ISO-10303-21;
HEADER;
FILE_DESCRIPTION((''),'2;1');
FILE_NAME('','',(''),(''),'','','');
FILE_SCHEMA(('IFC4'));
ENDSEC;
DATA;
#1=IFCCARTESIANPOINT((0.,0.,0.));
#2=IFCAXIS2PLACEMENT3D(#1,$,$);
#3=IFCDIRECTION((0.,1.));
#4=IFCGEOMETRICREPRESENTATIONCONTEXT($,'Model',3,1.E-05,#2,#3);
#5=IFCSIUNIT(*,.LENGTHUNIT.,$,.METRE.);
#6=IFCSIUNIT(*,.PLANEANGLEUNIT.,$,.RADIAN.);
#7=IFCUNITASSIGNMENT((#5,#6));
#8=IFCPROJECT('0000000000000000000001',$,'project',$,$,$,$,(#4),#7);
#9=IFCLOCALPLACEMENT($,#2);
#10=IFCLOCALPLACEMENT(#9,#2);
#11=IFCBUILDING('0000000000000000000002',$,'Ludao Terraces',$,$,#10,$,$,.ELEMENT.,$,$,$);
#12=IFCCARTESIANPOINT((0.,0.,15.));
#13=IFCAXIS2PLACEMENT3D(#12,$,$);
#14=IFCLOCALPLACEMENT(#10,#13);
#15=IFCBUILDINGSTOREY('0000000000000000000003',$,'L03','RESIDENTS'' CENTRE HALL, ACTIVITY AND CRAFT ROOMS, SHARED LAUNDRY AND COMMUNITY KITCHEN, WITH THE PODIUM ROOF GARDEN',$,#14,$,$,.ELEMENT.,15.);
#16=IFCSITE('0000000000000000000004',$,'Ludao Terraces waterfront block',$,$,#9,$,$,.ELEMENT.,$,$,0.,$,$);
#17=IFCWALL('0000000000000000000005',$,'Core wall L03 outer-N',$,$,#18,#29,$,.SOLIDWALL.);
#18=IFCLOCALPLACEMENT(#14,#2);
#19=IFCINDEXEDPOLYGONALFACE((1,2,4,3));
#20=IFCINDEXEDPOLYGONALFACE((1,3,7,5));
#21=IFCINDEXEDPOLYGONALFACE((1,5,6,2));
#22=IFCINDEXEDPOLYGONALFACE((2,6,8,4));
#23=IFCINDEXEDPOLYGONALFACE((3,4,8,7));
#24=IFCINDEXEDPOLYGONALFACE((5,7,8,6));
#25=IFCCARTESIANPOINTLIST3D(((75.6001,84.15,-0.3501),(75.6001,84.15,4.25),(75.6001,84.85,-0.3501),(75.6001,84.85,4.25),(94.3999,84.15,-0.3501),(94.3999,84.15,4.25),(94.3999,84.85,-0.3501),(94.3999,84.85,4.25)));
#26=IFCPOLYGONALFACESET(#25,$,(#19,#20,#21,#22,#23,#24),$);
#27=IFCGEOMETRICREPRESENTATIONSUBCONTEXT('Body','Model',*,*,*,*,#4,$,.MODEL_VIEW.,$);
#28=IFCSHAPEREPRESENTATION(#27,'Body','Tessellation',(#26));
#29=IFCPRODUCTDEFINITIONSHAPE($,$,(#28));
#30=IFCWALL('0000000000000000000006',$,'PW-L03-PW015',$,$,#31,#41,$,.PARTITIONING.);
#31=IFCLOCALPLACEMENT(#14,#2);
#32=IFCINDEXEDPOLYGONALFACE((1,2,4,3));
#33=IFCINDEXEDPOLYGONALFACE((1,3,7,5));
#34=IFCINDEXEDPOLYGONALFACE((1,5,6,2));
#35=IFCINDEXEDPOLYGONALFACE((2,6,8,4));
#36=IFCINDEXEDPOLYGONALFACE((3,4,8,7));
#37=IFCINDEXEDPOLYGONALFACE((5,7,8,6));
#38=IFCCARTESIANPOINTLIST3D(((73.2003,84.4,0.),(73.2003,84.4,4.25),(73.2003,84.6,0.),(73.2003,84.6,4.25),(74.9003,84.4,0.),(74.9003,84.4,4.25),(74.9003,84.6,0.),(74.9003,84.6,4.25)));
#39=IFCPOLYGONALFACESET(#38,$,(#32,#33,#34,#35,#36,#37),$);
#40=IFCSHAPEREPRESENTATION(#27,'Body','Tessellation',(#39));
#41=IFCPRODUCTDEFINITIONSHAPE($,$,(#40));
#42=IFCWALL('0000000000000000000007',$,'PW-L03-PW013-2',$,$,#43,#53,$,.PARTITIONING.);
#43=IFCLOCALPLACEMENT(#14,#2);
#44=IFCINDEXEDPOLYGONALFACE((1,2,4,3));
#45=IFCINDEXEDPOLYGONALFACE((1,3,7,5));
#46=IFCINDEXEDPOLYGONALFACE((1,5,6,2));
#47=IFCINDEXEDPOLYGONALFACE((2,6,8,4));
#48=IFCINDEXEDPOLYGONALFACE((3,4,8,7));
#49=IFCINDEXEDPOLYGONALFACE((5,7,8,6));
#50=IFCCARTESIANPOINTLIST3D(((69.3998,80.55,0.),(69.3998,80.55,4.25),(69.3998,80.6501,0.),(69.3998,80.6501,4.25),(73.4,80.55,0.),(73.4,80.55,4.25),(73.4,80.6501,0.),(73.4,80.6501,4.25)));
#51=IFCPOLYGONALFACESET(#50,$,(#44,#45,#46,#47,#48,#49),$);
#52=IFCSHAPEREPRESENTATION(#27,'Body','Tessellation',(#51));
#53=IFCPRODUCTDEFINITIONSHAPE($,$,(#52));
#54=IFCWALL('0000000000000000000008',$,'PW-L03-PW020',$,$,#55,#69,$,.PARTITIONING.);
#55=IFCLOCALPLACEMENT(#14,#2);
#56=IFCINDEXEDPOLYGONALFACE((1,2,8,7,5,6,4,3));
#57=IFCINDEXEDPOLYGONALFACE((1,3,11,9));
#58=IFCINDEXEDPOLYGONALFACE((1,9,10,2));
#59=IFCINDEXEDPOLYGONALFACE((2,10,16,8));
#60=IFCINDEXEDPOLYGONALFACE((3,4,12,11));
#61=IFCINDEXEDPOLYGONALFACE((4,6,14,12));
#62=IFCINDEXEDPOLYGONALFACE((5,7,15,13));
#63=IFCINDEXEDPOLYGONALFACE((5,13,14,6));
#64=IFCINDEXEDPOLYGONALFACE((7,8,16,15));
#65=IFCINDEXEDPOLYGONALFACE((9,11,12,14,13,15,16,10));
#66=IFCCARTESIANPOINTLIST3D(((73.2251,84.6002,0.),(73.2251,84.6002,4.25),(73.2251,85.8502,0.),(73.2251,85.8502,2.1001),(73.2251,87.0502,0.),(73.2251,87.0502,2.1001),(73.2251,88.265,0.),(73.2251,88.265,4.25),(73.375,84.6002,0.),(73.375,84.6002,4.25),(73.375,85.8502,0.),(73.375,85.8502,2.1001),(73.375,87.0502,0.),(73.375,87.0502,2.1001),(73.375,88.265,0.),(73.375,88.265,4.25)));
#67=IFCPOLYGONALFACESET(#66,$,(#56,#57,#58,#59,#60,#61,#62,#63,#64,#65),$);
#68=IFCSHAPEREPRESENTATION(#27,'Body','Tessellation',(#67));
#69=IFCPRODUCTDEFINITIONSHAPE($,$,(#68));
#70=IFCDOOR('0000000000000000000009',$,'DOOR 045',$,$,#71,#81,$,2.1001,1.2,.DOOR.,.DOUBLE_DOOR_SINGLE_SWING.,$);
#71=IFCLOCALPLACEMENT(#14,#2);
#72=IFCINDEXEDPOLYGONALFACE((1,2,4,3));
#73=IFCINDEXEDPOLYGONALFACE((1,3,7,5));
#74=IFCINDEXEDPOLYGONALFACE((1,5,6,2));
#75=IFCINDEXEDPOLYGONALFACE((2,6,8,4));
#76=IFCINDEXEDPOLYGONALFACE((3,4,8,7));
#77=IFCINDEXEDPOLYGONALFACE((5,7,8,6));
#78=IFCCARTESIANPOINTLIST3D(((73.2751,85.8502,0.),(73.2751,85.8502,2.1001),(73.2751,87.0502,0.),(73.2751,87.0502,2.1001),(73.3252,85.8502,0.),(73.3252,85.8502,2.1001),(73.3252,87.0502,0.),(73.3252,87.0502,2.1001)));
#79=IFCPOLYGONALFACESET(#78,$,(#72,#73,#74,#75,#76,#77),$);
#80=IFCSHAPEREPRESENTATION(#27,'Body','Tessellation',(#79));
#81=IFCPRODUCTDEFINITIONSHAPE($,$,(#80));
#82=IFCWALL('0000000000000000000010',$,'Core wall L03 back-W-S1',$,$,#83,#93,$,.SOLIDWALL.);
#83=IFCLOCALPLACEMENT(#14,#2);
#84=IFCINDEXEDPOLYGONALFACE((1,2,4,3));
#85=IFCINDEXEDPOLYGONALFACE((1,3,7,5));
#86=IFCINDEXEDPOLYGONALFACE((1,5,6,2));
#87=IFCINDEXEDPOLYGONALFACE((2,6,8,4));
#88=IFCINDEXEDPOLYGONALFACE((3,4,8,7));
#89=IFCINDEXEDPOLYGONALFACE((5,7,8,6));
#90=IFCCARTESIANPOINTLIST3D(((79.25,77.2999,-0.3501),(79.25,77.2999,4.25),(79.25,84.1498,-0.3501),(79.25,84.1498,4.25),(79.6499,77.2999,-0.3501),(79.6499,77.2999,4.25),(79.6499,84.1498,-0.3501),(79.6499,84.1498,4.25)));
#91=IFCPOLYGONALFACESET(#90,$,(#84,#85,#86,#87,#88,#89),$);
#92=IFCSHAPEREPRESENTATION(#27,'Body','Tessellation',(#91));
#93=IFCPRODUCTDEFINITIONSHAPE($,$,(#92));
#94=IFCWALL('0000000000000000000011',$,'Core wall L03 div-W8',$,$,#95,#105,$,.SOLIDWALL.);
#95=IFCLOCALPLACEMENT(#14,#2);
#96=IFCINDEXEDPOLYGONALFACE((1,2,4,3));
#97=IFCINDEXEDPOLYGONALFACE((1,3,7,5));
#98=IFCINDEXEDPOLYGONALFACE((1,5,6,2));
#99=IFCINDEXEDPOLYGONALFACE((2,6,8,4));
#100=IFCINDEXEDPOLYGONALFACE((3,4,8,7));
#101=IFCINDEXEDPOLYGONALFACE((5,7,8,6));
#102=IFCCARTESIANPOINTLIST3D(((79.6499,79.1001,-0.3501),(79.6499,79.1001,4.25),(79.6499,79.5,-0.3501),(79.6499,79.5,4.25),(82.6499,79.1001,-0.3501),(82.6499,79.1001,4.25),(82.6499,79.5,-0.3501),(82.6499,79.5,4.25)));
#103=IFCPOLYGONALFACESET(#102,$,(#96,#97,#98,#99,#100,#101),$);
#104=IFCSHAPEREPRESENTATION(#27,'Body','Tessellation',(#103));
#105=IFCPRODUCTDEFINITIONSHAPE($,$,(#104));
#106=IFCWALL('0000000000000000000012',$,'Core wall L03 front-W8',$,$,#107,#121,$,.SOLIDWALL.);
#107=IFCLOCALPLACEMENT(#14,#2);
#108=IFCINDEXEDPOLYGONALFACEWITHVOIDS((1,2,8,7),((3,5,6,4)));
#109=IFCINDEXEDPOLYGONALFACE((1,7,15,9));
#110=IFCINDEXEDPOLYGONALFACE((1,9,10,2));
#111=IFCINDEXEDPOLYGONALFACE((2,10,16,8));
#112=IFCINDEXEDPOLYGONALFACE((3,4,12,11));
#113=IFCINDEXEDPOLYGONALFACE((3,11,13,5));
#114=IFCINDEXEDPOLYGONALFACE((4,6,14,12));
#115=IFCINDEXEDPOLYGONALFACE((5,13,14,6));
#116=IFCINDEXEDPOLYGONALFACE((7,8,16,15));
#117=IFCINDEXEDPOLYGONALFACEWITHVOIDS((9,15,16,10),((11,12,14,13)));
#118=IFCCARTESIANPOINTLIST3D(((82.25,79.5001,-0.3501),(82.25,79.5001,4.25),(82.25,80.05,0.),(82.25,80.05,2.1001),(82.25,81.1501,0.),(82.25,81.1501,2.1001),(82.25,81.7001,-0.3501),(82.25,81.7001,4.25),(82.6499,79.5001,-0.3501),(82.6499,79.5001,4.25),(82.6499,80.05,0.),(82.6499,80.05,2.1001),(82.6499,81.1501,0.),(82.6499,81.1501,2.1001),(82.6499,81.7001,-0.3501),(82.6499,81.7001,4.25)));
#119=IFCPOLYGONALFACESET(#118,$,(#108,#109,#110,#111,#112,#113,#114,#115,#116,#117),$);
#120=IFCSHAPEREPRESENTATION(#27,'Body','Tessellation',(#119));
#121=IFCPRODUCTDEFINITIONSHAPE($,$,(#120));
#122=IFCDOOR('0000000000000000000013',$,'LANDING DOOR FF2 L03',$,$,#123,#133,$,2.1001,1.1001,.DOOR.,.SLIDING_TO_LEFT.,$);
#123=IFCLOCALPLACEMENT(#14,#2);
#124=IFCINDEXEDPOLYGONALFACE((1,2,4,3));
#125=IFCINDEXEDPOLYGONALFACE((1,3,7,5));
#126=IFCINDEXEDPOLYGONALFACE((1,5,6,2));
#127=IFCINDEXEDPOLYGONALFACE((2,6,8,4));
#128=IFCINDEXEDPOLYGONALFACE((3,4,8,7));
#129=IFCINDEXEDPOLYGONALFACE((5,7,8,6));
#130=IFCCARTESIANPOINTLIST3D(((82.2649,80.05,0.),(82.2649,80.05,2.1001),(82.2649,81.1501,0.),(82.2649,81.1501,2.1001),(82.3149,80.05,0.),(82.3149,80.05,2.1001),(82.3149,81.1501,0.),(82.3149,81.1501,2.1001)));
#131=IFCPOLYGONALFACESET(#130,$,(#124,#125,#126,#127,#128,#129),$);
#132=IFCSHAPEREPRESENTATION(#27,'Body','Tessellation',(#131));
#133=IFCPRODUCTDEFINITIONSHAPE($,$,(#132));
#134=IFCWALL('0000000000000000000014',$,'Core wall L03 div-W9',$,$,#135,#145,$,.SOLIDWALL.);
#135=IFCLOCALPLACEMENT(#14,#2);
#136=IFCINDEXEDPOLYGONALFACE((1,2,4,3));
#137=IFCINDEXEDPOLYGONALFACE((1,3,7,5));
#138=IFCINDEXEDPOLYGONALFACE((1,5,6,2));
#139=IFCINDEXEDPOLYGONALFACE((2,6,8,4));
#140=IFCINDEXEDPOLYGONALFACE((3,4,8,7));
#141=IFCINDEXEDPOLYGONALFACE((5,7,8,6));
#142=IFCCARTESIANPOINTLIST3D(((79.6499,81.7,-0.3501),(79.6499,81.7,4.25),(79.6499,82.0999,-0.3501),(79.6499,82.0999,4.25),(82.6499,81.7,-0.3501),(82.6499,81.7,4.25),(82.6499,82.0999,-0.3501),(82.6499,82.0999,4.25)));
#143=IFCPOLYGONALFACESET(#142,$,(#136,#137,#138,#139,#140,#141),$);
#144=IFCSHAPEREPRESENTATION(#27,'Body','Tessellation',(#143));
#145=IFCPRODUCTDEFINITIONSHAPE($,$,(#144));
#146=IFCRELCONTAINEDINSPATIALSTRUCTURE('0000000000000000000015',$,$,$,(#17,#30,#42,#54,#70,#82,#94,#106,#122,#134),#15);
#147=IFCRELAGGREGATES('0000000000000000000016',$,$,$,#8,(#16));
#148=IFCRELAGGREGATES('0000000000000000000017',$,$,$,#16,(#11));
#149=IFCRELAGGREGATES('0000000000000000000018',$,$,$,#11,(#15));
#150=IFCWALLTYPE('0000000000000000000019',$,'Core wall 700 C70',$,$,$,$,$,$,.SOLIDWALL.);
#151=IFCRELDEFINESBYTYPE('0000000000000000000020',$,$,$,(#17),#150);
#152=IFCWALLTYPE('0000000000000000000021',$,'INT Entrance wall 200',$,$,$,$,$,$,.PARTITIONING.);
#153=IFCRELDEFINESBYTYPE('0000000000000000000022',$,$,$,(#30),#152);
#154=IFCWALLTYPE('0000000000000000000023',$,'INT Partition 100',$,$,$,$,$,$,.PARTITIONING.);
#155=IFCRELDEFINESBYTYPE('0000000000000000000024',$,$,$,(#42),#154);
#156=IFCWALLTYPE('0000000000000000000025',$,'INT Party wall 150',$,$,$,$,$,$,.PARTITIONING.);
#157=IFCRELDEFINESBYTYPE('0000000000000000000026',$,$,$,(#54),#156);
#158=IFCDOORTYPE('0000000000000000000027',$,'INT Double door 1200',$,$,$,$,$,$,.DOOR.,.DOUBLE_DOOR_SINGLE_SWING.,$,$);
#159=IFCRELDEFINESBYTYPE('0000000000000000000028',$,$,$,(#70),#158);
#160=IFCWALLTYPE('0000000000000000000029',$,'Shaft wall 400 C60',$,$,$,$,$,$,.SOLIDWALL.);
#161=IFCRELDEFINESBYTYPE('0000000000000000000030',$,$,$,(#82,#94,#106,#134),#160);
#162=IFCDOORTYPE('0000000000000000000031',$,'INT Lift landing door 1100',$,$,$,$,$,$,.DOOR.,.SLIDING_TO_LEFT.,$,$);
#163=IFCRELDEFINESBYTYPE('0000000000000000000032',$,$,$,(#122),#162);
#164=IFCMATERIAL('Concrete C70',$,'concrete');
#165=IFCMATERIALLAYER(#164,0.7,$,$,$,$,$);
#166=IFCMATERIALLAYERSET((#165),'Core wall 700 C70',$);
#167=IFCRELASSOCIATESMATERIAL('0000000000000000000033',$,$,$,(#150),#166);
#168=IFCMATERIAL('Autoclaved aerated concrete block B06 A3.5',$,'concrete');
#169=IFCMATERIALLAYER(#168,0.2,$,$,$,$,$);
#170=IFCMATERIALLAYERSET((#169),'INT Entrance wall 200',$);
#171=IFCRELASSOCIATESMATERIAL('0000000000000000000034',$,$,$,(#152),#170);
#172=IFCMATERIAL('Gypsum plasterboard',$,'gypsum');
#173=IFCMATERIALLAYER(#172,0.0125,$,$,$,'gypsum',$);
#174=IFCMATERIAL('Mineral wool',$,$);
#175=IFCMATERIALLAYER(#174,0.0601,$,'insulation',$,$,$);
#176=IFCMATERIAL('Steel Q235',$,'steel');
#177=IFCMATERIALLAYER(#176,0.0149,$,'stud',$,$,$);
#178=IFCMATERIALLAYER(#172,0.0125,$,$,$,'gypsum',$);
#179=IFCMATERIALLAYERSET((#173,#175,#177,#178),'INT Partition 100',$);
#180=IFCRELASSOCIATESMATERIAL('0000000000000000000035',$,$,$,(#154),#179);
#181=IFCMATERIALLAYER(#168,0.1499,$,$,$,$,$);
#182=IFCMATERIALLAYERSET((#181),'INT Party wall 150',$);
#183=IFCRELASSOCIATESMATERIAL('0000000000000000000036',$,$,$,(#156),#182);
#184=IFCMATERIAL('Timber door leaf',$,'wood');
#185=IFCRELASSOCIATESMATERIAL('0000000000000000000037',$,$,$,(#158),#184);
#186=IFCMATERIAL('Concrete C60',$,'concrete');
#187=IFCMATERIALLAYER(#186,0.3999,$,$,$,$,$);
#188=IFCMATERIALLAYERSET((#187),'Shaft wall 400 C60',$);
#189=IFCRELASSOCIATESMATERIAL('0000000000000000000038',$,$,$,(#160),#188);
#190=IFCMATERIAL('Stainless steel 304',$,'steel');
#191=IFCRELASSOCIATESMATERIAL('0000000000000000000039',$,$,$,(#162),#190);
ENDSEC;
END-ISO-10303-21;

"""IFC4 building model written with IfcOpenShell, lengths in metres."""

from ifc_helpers import new_model, si_unit, direction, frame, frame_2d, origin, place, context, subcontext, project, spatial, rectangle, extrude, material, layer, layer_set, type_object, element, fill, save


model = new_model("IFC4")

# Units and contexts
model_context = context("Model", 3, precision=1e-05, world=origin(), true_north=direction((0.0, 1.0)))
body_context = subcontext(model_context, "Body", "Model", "MODEL_VIEW")
ifc_project = project(units=[si_unit("LENGTHUNIT", "METRE"), si_unit("PLANEANGLEUNIT", "RADIAN")], contexts=[model_context])

# Site, building, storey
site_placement = place(None, origin())
site = spatial("IfcSite", under=ifc_project, at=site_placement, Name="Ludao Terraces waterfront block", CompositionType="ELEMENT", RefElevation=0.0)
building_placement = place(site_placement, origin())
building = spatial("IfcBuilding", under=site, at=building_placement, Name="Ludao Terraces", CompositionType="ELEMENT")
storey_placement = place(building_placement, frame((0.0, 0.0, 15.0)))
storey = spatial("IfcBuildingStorey", under=building, at=storey_placement, Name="L03", Description="RESIDENTS' CENTRE HALL, ACTIVITY AND CRAFT ROOMS, SHARED LAUNDRY AND COMMUNITY KITCHEN, WITH THE PODIUM ROOF GARDEN", CompositionType="ELEMENT", Elevation=15.0)

# Walls
ifc_material_1 = material(Name="Concrete C70", Category="concrete")
ifc_layer_1 = layer(ifc_material_1, 0.7)
ifc_layer_set_1 = layer_set([ifc_layer_1], Name="Core wall 700 C70")
wall_type_1 = type_object("IfcWallType", Name="Core wall 700 C70", PredefinedType="SOLIDWALL", material=ifc_layer_set_1)
wall_1_placement = place(storey_placement, frame((75.6001, 84.5, -0.3501), z_axis=(0.0, 0.0, 1.0), x_axis=(1.0, 0.0, 0.0)))
element("IfcWall", 1, at=wall_1_placement, inside=storey, type_object=wall_type_1, Name="Core wall L03 outer-N", PredefinedType="SOLIDWALL", context=body_context, shape_type="SweptSolid", body=[
    extrude(rectangle(XDim=18.7998, YDim=0.7, at=frame_2d((9.3999, 0.0))), origin(), (0.0, 0.0, 1.0), 4.6001),
])
ifc_material_2 = material(Name="Autoclaved aerated concrete block B06 A3.5", Category="concrete")
ifc_layer_2 = layer(ifc_material_2, 0.2)
ifc_layer_set_2 = layer_set([ifc_layer_2], Name="INT Entrance wall 200")
wall_type_2 = type_object("IfcWallType", Name="INT Entrance wall 200", PredefinedType="PARTITIONING", material=ifc_layer_set_2)
wall_2_placement = place(storey_placement, frame((73.2002, 84.5, 0.0), z_axis=(0.0, 0.0, 1.0), x_axis=(1.0, 0.0, 0.0)))
element("IfcWall", 2, at=wall_2_placement, inside=storey, type_object=wall_type_2, Name="PW-L03-PW015", PredefinedType="PARTITIONING", context=body_context, shape_type="SweptSolid", body=[
    extrude(rectangle(XDim=1.7, YDim=0.2, at=frame_2d((0.8501, 0.0))), origin(), (0.0, 0.0, 1.0), 4.25),
])
ifc_material_3 = material(Name="Gypsum plasterboard", Category="gypsum")
ifc_layer_3 = layer(ifc_material_3, 0.0125, Category="gypsum")
ifc_material_4 = material(Name="Mineral wool")
ifc_layer_4 = layer(ifc_material_4, 0.0601, Name="insulation")
ifc_material_5 = material(Name="Steel Q235", Category="steel")
ifc_layer_5 = layer(ifc_material_5, 0.0149, Name="stud")
ifc_layer_6 = layer(ifc_material_3, 0.0125, Category="gypsum")
ifc_layer_set_3 = layer_set([ifc_layer_3, ifc_layer_4, ifc_layer_5, ifc_layer_6], Name="INT Partition 100")
wall_type_3 = type_object("IfcWallType", Name="INT Partition 100", PredefinedType="PARTITIONING", material=ifc_layer_set_3)
wall_3_placement = place(storey_placement, frame((69.3999, 80.6001, 0.0), z_axis=(0.0, 0.0, 1.0), x_axis=(1.0, 0.0, 0.0)))
element("IfcWall", 3, at=wall_3_placement, inside=storey, type_object=wall_type_3, Name="PW-L03-PW013-2", PredefinedType="PARTITIONING", context=body_context, shape_type="SweptSolid", body=[
    extrude(rectangle(XDim=4.0002, YDim=0.1001, at=frame_2d((2.0, 0.0))), origin(), (0.0, 0.0, 1.0), 4.25),
])

# Wall, opening, door
ifc_layer_7 = layer(ifc_material_2, 0.1499)
ifc_layer_set_4 = layer_set([ifc_layer_7], Name="INT Party wall 150")
wall_type_4 = type_object("IfcWallType", Name="INT Party wall 150", PredefinedType="PARTITIONING", material=ifc_layer_set_4)
wall_4_placement = place(storey_placement, frame((73.3, 84.6001, 0.0), z_axis=(0.0, 0.0, 1.0), x_axis=(0.0, 1.0, 0.0)))
wall_4 = element("IfcWall", 4, at=wall_4_placement, inside=storey, type_object=wall_type_4, Name="PW-L03-PW020", PredefinedType="PARTITIONING", context=body_context, shape_type="SweptSolid", body=[
    extrude(rectangle(XDim=3.6648, YDim=0.1499, at=frame_2d((1.8325, 0.0))), origin(), (0.0, 0.0, 1.0), 4.25),
])
opening_1_placement = place(wall_4_placement, frame((1.25, 0.0, 0.0)))
opening_1 = element("IfcOpeningElement", 5, at=opening_1_placement, cuts=wall_4, PredefinedType="OPENING", context=body_context, shape_type="SweptSolid", body=[
    extrude(rectangle(XDim=1.2, YDim=2.1001, at=frame_2d((0.6001, 1.05))), frame((0.0, 0.085, 0.0), z_axis=(0.0, -1.0, 0.0), x_axis=(1.0, 0.0, 0.0)), (0.0, 0.0, 1.0), 0.1699),
])
ifc_material_6 = material(Name="Timber door leaf", Category="wood")
door_type_1 = type_object("IfcDoorType", Name="INT Double door 1200", OperationType="DOUBLE_DOOR_SINGLE_SWING", PredefinedType="DOOR", material=ifc_material_6)
door_1_placement = place(opening_1_placement, origin())
door_1 = element("IfcDoor", 6, at=door_1_placement, inside=storey, type_object=door_type_1, Name="DOOR 045", OperationType="DOUBLE_DOOR_SINGLE_SWING", OverallHeight=2.1001, OverallWidth=1.2, PredefinedType="DOOR", context=body_context, shape_type="SweptSolid", body=[
    extrude(rectangle(XDim=1.2, YDim=2.1001, at=frame_2d((0.6001, 1.05))), frame((0.0, 0.0249, 0.0), z_axis=(0.0, -1.0, 0.0), x_axis=(1.0, 0.0, 0.0)), (0.0, 0.0, 1.0), 0.05),
])
fill(opening_1, door_1)

# Walls
ifc_material_7 = material(Name="Concrete C60", Category="concrete")
ifc_layer_8 = layer(ifc_material_7, 0.3999)
ifc_layer_set_5 = layer_set([ifc_layer_8], Name="Shaft wall 400 C60")
wall_type_5 = type_object("IfcWallType", Name="Shaft wall 400 C60", PredefinedType="SOLIDWALL", material=ifc_layer_set_5)
wall_5_placement = place(storey_placement, frame((79.45, 77.3, -0.3501), z_axis=(0.0, 0.0, 1.0), x_axis=(0.0, 1.0, 0.0)))
element("IfcWall", 7, at=wall_5_placement, inside=storey, type_object=wall_type_5, Name="Core wall L03 back-W-S1", PredefinedType="SOLIDWALL", context=body_context, shape_type="SweptSolid", body=[
    extrude(rectangle(XDim=6.8499, YDim=0.3999, at=frame_2d((3.4248, 0.0))), origin(), (0.0, 0.0, 1.0), 4.6001),
])
wall_6_placement = place(storey_placement, frame((79.6499, 79.3, -0.3501), z_axis=(0.0, 0.0, 1.0), x_axis=(1.0, 0.0, 0.0)))
element("IfcWall", 8, at=wall_6_placement, inside=storey, type_object=wall_type_5, Name="Core wall L03 div-W8", PredefinedType="SOLIDWALL", context=body_context, shape_type="SweptSolid", body=[
    extrude(rectangle(XDim=3.0, YDim=0.3999, at=frame_2d((1.5, 0.0))), origin(), (0.0, 0.0, 1.0), 4.6001),
])

# Wall, opening, door
wall_7_placement = place(storey_placement, frame((82.45, 79.5, -0.3501), z_axis=(0.0, 0.0, 1.0), x_axis=(0.0, 1.0, 0.0)))
wall_7 = element("IfcWall", 9, at=wall_7_placement, inside=storey, type_object=wall_type_5, Name="Core wall L03 front-W8", PredefinedType="SOLIDWALL", context=body_context, shape_type="SweptSolid", body=[
    extrude(rectangle(XDim=2.2, YDim=0.3999, at=frame_2d((1.1001, 0.0))), origin(), (0.0, 0.0, 1.0), 4.6001),
])
opening_2_placement = place(wall_7_placement, frame((0.55, 0.0, 0.3501)))
opening_2 = element("IfcOpeningElement", 10, at=opening_2_placement, cuts=wall_7, PredefinedType="OPENING", context=body_context, shape_type="SweptSolid", body=[
    extrude(rectangle(XDim=1.1001, YDim=2.1001, at=frame_2d((0.55, 1.05))), frame((0.0, 0.21, 0.0), z_axis=(0.0, -1.0, 0.0), x_axis=(1.0, 0.0, 0.0)), (0.0, 0.0, 1.0), 0.4199),
])
ifc_material_8 = material(Name="Stainless steel 304", Category="steel")
door_type_2 = type_object("IfcDoorType", Name="INT Lift landing door 1100", OperationType="SLIDING_TO_LEFT", PredefinedType="DOOR", material=ifc_material_8)
door_2_placement = place(opening_2_placement, origin())
door_2 = element("IfcDoor", 11, at=door_2_placement, inside=storey, type_object=door_type_2, Name="LANDING DOOR FF2 L03", OperationType="SLIDING_TO_LEFT", OverallHeight=2.1001, OverallWidth=1.1001, PredefinedType="DOOR", context=body_context, shape_type="SweptSolid", body=[
    extrude(rectangle(XDim=1.1001, YDim=2.1001, at=frame_2d((0.55, 1.05))), frame((0.0, 0.1851, 0.0), z_axis=(0.0, -1.0, 0.0), x_axis=(1.0, 0.0, 0.0)), (0.0, 0.0, 1.0), 0.05),
])
fill(opening_2, door_2)

# Wall
wall_8_placement = place(storey_placement, frame((79.6499, 81.8999, -0.3501), z_axis=(0.0, 0.0, 1.0), x_axis=(1.0, 0.0, 0.0)))
element("IfcWall", 12, at=wall_8_placement, inside=storey, type_object=wall_type_5, Name="Core wall L03 div-W9", PredefinedType="SOLIDWALL", context=body_context, shape_type="SweptSolid", body=[
    extrude(rectangle(XDim=3.0, YDim=0.3999, at=frame_2d((1.5, 0.0))), origin(), (0.0, 0.0, 1.0), 4.6001),
])

save(model, "model.ifc")
